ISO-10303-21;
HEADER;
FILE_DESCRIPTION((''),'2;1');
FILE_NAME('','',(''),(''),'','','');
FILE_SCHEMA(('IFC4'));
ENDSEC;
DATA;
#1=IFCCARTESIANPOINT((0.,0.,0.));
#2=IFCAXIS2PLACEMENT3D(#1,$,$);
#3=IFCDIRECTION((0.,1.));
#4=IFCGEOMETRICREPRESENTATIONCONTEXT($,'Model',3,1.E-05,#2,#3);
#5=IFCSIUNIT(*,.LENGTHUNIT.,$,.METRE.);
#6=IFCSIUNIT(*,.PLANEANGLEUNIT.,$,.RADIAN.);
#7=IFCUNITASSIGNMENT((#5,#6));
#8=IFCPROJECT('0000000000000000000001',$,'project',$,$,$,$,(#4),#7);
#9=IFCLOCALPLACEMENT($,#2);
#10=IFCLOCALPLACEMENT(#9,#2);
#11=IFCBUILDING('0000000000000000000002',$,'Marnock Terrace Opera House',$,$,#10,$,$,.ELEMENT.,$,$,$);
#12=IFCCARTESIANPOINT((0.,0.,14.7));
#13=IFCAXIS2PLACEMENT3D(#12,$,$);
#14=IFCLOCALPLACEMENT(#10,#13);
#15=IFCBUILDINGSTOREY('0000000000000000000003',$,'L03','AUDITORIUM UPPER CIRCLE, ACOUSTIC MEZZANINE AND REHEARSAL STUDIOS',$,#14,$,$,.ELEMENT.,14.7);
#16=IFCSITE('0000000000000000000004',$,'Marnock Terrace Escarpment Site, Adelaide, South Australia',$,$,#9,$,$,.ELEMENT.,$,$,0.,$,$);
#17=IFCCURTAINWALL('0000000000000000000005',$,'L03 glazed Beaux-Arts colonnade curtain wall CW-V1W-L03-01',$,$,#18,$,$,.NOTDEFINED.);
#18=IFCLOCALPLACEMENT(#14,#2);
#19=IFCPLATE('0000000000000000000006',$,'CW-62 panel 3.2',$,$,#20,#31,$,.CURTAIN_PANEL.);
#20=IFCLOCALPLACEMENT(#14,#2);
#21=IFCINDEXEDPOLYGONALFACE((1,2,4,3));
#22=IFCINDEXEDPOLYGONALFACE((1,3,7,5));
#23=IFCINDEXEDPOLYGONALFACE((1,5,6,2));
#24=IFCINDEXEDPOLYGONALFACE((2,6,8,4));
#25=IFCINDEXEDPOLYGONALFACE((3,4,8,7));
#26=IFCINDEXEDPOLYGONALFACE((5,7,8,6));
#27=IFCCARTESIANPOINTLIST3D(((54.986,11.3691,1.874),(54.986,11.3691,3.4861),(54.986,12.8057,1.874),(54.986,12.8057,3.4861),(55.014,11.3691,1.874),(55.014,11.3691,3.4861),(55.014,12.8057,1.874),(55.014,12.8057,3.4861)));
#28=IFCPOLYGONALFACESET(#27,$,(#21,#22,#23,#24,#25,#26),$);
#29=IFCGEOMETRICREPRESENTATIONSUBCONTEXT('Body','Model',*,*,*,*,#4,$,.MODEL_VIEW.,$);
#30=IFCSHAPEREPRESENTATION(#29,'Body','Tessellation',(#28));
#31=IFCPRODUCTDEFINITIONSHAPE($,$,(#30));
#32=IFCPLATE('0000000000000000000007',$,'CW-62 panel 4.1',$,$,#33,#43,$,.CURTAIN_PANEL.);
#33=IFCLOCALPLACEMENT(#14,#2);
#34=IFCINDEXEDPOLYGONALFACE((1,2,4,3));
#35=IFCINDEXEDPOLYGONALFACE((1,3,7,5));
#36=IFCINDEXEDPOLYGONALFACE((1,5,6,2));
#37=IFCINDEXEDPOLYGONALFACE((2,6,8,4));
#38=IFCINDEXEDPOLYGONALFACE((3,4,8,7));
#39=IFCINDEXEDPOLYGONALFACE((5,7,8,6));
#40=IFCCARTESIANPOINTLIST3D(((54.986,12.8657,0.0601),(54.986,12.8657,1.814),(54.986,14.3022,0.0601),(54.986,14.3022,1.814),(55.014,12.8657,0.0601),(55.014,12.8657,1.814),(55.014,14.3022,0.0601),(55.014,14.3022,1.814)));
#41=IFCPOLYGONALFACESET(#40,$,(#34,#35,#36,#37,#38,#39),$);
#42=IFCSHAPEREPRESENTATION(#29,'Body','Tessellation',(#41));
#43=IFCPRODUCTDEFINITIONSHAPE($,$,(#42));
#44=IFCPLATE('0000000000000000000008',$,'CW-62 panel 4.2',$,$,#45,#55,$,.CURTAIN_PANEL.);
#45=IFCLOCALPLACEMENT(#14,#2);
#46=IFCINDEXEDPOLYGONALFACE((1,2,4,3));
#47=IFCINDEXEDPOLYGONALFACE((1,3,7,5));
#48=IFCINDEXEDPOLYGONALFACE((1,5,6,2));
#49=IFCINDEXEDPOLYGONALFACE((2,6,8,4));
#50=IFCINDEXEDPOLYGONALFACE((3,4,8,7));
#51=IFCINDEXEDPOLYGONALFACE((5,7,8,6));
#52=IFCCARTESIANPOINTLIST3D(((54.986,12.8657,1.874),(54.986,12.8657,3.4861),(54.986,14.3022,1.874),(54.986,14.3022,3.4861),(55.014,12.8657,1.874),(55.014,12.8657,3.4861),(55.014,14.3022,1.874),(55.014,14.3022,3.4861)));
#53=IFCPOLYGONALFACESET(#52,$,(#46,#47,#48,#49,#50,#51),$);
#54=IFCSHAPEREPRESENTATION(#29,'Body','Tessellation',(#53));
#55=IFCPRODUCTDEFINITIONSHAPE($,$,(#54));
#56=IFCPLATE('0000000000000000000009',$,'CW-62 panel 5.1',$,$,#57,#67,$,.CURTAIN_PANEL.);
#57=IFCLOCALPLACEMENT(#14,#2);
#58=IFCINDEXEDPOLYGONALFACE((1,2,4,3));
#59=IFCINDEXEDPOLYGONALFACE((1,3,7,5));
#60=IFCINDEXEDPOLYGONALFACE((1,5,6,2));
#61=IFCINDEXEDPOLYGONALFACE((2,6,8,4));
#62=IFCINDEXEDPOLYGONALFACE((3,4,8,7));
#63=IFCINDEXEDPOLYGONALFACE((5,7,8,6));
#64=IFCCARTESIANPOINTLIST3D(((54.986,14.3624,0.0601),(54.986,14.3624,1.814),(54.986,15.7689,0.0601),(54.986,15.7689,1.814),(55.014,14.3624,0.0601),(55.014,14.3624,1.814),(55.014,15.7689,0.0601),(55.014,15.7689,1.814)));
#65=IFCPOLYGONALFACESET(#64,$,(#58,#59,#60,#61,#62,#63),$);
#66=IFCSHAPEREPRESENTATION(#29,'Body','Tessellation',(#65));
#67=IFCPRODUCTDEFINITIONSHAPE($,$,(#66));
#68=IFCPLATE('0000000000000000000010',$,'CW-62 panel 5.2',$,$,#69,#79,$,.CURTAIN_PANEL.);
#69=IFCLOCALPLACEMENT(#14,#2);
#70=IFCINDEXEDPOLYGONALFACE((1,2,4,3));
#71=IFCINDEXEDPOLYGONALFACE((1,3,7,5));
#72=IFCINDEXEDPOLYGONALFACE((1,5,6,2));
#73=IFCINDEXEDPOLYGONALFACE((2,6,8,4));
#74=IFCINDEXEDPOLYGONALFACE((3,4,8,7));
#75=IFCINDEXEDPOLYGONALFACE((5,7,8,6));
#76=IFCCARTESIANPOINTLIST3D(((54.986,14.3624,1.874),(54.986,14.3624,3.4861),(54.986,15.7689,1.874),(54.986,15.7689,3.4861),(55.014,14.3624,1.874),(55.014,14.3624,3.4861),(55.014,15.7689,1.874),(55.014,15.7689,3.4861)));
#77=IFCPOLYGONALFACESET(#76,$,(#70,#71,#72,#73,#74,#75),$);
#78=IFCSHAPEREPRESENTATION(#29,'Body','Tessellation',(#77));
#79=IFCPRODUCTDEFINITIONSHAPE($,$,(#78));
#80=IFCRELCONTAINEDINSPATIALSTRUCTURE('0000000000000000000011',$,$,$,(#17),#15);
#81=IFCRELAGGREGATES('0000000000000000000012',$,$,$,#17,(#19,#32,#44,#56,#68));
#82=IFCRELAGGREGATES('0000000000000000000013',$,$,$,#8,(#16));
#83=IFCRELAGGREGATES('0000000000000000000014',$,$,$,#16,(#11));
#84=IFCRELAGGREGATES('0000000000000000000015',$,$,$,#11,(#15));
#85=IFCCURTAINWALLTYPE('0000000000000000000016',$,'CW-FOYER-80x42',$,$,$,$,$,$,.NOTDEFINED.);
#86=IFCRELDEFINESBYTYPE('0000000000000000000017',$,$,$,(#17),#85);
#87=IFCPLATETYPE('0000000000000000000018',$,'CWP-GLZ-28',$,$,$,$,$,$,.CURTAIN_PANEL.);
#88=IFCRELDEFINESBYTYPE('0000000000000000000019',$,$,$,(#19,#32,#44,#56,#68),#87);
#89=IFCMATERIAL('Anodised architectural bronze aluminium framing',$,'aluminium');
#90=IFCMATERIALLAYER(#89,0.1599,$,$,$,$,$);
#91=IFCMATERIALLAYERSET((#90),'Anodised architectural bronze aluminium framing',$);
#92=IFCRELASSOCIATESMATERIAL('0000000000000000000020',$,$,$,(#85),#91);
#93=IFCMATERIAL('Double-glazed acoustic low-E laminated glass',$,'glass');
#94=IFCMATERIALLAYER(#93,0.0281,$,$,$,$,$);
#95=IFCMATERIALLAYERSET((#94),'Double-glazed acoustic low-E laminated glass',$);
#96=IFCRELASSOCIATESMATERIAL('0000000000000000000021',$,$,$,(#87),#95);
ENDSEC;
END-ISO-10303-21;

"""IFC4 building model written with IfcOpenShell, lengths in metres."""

from ifc_helpers import new_model, si_unit, direction, frame, origin, origin_2d, place, context, subcontext, project, spatial, rectangle, extrude, material, layer, layer_set, type_object, element, aggregate, save


model = new_model("IFC4")

# Units and contexts
model_context = context("Model", 3, precision=1e-05, world=origin(), true_north=direction((0.0, 1.0)))
body_context = subcontext(model_context, "Body", "Model", "MODEL_VIEW")
ifc_project = project(units=[si_unit("LENGTHUNIT", "METRE"), si_unit("PLANEANGLEUNIT", "RADIAN")], contexts=[model_context])

# Site, building, storey
site_placement = place(None, origin())
site = spatial("IfcSite", under=ifc_project, at=site_placement, Name="Marnock Terrace Escarpment Site, Adelaide, South Australia", CompositionType="ELEMENT", RefElevation=0.0)
building_placement = place(site_placement, origin())
building = spatial("IfcBuilding", under=site, at=building_placement, Name="Marnock Terrace Opera House", CompositionType="ELEMENT")
storey_placement = place(building_placement, frame((0.0, 0.0, 14.7)))
storey = spatial("IfcBuildingStorey", under=building, at=storey_placement, Name="L03", Description="AUDITORIUM UPPER CIRCLE, ACOUSTIC MEZZANINE AND REHEARSAL STUDIOS", CompositionType="ELEMENT", Elevation=14.7)

# Curtain wall, plates
ifc_material_1 = material(Name="Anodised architectural bronze aluminium framing", Category="aluminium")
ifc_layer_1 = layer(ifc_material_1, 0.1599)
ifc_layer_set_1 = layer_set([ifc_layer_1], Name="Anodised architectural bronze aluminium framing")
curtain_wall_type = type_object("IfcCurtainWallType", Name="CW-FOYER-80x42", PredefinedType="NOTDEFINED", material=ifc_layer_set_1)
curtain_wall_placement = place(storey_placement, origin())
curtain_wall = element("IfcCurtainWall", 1, at=curtain_wall_placement, inside=storey, type_object=curtain_wall_type, Name="L03 glazed Beaux-Arts colonnade curtain wall CW-V1W-L03-01", PredefinedType="NOTDEFINED")
ifc_material_2 = material(Name="Double-glazed acoustic low-E laminated glass", Category="glass")
ifc_layer_2 = layer(ifc_material_2, 0.0281)
ifc_layer_set_2 = layer_set([ifc_layer_2], Name="Double-glazed acoustic low-E laminated glass")
plate_type = type_object("IfcPlateType", Name="CWP-GLZ-28", PredefinedType="CURTAIN_PANEL", material=ifc_layer_set_2)
plate_1_placement = place(storey_placement, frame((55.0, 12.0874, 1.874), z_axis=(0.0, 0.0, 1.0), x_axis=(0.0, 1.0, 0.0)))
plate_1 = element("IfcPlate", 2, at=plate_1_placement, type_object=plate_type, Name="CW-62 panel 3.2", PredefinedType="CURTAIN_PANEL", context=body_context, shape_type="SweptSolid", body=[
    extrude(rectangle(XDim=1.4365, YDim=0.0281, at=origin_2d()), origin(), (0.0, 0.0, 1.0), 1.6121),
])
plate_2_placement = place(storey_placement, frame((55.0, 13.584, 0.0601), z_axis=(0.0, 0.0, 1.0), x_axis=(0.0, 1.0, 0.0)))
plate_2 = element("IfcPlate", 3, at=plate_2_placement, type_object=plate_type, Name="CW-62 panel 4.1", PredefinedType="CURTAIN_PANEL", context=body_context, shape_type="SweptSolid", body=[
    extrude(rectangle(XDim=1.4365, YDim=0.0281, at=origin_2d()), origin(), (0.0, 0.0, 1.0), 1.7539),
])
plate_3_placement = place(storey_placement, frame((55.0, 13.584, 1.874), z_axis=(0.0, 0.0, 1.0), x_axis=(0.0, 1.0, 0.0)))
plate_3 = element("IfcPlate", 4, at=plate_3_placement, type_object=plate_type, Name="CW-62 panel 4.2", PredefinedType="CURTAIN_PANEL", context=body_context, shape_type="SweptSolid", body=[
    extrude(rectangle(XDim=1.4365, YDim=0.0281, at=origin_2d()), origin(), (0.0, 0.0, 1.0), 1.6121),
])
plate_4_placement = place(storey_placement, frame((55.0, 15.0657, 0.0601), z_axis=(0.0, 0.0, 1.0), x_axis=(0.0, 1.0, 0.0)))
plate_4 = element("IfcPlate", 5, at=plate_4_placement, type_object=plate_type, Name="CW-62 panel 5.1", PredefinedType="CURTAIN_PANEL", context=body_context, shape_type="SweptSolid", body=[
    extrude(rectangle(XDim=1.4065, YDim=0.0281, at=origin_2d()), origin(), (0.0, 0.0, 1.0), 1.7539),
])
plate_5_placement = place(storey_placement, frame((55.0, 15.0657, 1.874), z_axis=(0.0, 0.0, 1.0), x_axis=(0.0, 1.0, 0.0)))
plate_5 = element("IfcPlate", 6, at=plate_5_placement, type_object=plate_type, Name="CW-62 panel 5.2", PredefinedType="CURTAIN_PANEL", context=body_context, shape_type="SweptSolid", body=[
    extrude(rectangle(XDim=1.4065, YDim=0.0281, at=origin_2d()), origin(), (0.0, 0.0, 1.0), 1.6121),
])
aggregate(curtain_wall, [plate_1, plate_2, plate_3, plate_4, plate_5])

save(model, "model.ifc")
